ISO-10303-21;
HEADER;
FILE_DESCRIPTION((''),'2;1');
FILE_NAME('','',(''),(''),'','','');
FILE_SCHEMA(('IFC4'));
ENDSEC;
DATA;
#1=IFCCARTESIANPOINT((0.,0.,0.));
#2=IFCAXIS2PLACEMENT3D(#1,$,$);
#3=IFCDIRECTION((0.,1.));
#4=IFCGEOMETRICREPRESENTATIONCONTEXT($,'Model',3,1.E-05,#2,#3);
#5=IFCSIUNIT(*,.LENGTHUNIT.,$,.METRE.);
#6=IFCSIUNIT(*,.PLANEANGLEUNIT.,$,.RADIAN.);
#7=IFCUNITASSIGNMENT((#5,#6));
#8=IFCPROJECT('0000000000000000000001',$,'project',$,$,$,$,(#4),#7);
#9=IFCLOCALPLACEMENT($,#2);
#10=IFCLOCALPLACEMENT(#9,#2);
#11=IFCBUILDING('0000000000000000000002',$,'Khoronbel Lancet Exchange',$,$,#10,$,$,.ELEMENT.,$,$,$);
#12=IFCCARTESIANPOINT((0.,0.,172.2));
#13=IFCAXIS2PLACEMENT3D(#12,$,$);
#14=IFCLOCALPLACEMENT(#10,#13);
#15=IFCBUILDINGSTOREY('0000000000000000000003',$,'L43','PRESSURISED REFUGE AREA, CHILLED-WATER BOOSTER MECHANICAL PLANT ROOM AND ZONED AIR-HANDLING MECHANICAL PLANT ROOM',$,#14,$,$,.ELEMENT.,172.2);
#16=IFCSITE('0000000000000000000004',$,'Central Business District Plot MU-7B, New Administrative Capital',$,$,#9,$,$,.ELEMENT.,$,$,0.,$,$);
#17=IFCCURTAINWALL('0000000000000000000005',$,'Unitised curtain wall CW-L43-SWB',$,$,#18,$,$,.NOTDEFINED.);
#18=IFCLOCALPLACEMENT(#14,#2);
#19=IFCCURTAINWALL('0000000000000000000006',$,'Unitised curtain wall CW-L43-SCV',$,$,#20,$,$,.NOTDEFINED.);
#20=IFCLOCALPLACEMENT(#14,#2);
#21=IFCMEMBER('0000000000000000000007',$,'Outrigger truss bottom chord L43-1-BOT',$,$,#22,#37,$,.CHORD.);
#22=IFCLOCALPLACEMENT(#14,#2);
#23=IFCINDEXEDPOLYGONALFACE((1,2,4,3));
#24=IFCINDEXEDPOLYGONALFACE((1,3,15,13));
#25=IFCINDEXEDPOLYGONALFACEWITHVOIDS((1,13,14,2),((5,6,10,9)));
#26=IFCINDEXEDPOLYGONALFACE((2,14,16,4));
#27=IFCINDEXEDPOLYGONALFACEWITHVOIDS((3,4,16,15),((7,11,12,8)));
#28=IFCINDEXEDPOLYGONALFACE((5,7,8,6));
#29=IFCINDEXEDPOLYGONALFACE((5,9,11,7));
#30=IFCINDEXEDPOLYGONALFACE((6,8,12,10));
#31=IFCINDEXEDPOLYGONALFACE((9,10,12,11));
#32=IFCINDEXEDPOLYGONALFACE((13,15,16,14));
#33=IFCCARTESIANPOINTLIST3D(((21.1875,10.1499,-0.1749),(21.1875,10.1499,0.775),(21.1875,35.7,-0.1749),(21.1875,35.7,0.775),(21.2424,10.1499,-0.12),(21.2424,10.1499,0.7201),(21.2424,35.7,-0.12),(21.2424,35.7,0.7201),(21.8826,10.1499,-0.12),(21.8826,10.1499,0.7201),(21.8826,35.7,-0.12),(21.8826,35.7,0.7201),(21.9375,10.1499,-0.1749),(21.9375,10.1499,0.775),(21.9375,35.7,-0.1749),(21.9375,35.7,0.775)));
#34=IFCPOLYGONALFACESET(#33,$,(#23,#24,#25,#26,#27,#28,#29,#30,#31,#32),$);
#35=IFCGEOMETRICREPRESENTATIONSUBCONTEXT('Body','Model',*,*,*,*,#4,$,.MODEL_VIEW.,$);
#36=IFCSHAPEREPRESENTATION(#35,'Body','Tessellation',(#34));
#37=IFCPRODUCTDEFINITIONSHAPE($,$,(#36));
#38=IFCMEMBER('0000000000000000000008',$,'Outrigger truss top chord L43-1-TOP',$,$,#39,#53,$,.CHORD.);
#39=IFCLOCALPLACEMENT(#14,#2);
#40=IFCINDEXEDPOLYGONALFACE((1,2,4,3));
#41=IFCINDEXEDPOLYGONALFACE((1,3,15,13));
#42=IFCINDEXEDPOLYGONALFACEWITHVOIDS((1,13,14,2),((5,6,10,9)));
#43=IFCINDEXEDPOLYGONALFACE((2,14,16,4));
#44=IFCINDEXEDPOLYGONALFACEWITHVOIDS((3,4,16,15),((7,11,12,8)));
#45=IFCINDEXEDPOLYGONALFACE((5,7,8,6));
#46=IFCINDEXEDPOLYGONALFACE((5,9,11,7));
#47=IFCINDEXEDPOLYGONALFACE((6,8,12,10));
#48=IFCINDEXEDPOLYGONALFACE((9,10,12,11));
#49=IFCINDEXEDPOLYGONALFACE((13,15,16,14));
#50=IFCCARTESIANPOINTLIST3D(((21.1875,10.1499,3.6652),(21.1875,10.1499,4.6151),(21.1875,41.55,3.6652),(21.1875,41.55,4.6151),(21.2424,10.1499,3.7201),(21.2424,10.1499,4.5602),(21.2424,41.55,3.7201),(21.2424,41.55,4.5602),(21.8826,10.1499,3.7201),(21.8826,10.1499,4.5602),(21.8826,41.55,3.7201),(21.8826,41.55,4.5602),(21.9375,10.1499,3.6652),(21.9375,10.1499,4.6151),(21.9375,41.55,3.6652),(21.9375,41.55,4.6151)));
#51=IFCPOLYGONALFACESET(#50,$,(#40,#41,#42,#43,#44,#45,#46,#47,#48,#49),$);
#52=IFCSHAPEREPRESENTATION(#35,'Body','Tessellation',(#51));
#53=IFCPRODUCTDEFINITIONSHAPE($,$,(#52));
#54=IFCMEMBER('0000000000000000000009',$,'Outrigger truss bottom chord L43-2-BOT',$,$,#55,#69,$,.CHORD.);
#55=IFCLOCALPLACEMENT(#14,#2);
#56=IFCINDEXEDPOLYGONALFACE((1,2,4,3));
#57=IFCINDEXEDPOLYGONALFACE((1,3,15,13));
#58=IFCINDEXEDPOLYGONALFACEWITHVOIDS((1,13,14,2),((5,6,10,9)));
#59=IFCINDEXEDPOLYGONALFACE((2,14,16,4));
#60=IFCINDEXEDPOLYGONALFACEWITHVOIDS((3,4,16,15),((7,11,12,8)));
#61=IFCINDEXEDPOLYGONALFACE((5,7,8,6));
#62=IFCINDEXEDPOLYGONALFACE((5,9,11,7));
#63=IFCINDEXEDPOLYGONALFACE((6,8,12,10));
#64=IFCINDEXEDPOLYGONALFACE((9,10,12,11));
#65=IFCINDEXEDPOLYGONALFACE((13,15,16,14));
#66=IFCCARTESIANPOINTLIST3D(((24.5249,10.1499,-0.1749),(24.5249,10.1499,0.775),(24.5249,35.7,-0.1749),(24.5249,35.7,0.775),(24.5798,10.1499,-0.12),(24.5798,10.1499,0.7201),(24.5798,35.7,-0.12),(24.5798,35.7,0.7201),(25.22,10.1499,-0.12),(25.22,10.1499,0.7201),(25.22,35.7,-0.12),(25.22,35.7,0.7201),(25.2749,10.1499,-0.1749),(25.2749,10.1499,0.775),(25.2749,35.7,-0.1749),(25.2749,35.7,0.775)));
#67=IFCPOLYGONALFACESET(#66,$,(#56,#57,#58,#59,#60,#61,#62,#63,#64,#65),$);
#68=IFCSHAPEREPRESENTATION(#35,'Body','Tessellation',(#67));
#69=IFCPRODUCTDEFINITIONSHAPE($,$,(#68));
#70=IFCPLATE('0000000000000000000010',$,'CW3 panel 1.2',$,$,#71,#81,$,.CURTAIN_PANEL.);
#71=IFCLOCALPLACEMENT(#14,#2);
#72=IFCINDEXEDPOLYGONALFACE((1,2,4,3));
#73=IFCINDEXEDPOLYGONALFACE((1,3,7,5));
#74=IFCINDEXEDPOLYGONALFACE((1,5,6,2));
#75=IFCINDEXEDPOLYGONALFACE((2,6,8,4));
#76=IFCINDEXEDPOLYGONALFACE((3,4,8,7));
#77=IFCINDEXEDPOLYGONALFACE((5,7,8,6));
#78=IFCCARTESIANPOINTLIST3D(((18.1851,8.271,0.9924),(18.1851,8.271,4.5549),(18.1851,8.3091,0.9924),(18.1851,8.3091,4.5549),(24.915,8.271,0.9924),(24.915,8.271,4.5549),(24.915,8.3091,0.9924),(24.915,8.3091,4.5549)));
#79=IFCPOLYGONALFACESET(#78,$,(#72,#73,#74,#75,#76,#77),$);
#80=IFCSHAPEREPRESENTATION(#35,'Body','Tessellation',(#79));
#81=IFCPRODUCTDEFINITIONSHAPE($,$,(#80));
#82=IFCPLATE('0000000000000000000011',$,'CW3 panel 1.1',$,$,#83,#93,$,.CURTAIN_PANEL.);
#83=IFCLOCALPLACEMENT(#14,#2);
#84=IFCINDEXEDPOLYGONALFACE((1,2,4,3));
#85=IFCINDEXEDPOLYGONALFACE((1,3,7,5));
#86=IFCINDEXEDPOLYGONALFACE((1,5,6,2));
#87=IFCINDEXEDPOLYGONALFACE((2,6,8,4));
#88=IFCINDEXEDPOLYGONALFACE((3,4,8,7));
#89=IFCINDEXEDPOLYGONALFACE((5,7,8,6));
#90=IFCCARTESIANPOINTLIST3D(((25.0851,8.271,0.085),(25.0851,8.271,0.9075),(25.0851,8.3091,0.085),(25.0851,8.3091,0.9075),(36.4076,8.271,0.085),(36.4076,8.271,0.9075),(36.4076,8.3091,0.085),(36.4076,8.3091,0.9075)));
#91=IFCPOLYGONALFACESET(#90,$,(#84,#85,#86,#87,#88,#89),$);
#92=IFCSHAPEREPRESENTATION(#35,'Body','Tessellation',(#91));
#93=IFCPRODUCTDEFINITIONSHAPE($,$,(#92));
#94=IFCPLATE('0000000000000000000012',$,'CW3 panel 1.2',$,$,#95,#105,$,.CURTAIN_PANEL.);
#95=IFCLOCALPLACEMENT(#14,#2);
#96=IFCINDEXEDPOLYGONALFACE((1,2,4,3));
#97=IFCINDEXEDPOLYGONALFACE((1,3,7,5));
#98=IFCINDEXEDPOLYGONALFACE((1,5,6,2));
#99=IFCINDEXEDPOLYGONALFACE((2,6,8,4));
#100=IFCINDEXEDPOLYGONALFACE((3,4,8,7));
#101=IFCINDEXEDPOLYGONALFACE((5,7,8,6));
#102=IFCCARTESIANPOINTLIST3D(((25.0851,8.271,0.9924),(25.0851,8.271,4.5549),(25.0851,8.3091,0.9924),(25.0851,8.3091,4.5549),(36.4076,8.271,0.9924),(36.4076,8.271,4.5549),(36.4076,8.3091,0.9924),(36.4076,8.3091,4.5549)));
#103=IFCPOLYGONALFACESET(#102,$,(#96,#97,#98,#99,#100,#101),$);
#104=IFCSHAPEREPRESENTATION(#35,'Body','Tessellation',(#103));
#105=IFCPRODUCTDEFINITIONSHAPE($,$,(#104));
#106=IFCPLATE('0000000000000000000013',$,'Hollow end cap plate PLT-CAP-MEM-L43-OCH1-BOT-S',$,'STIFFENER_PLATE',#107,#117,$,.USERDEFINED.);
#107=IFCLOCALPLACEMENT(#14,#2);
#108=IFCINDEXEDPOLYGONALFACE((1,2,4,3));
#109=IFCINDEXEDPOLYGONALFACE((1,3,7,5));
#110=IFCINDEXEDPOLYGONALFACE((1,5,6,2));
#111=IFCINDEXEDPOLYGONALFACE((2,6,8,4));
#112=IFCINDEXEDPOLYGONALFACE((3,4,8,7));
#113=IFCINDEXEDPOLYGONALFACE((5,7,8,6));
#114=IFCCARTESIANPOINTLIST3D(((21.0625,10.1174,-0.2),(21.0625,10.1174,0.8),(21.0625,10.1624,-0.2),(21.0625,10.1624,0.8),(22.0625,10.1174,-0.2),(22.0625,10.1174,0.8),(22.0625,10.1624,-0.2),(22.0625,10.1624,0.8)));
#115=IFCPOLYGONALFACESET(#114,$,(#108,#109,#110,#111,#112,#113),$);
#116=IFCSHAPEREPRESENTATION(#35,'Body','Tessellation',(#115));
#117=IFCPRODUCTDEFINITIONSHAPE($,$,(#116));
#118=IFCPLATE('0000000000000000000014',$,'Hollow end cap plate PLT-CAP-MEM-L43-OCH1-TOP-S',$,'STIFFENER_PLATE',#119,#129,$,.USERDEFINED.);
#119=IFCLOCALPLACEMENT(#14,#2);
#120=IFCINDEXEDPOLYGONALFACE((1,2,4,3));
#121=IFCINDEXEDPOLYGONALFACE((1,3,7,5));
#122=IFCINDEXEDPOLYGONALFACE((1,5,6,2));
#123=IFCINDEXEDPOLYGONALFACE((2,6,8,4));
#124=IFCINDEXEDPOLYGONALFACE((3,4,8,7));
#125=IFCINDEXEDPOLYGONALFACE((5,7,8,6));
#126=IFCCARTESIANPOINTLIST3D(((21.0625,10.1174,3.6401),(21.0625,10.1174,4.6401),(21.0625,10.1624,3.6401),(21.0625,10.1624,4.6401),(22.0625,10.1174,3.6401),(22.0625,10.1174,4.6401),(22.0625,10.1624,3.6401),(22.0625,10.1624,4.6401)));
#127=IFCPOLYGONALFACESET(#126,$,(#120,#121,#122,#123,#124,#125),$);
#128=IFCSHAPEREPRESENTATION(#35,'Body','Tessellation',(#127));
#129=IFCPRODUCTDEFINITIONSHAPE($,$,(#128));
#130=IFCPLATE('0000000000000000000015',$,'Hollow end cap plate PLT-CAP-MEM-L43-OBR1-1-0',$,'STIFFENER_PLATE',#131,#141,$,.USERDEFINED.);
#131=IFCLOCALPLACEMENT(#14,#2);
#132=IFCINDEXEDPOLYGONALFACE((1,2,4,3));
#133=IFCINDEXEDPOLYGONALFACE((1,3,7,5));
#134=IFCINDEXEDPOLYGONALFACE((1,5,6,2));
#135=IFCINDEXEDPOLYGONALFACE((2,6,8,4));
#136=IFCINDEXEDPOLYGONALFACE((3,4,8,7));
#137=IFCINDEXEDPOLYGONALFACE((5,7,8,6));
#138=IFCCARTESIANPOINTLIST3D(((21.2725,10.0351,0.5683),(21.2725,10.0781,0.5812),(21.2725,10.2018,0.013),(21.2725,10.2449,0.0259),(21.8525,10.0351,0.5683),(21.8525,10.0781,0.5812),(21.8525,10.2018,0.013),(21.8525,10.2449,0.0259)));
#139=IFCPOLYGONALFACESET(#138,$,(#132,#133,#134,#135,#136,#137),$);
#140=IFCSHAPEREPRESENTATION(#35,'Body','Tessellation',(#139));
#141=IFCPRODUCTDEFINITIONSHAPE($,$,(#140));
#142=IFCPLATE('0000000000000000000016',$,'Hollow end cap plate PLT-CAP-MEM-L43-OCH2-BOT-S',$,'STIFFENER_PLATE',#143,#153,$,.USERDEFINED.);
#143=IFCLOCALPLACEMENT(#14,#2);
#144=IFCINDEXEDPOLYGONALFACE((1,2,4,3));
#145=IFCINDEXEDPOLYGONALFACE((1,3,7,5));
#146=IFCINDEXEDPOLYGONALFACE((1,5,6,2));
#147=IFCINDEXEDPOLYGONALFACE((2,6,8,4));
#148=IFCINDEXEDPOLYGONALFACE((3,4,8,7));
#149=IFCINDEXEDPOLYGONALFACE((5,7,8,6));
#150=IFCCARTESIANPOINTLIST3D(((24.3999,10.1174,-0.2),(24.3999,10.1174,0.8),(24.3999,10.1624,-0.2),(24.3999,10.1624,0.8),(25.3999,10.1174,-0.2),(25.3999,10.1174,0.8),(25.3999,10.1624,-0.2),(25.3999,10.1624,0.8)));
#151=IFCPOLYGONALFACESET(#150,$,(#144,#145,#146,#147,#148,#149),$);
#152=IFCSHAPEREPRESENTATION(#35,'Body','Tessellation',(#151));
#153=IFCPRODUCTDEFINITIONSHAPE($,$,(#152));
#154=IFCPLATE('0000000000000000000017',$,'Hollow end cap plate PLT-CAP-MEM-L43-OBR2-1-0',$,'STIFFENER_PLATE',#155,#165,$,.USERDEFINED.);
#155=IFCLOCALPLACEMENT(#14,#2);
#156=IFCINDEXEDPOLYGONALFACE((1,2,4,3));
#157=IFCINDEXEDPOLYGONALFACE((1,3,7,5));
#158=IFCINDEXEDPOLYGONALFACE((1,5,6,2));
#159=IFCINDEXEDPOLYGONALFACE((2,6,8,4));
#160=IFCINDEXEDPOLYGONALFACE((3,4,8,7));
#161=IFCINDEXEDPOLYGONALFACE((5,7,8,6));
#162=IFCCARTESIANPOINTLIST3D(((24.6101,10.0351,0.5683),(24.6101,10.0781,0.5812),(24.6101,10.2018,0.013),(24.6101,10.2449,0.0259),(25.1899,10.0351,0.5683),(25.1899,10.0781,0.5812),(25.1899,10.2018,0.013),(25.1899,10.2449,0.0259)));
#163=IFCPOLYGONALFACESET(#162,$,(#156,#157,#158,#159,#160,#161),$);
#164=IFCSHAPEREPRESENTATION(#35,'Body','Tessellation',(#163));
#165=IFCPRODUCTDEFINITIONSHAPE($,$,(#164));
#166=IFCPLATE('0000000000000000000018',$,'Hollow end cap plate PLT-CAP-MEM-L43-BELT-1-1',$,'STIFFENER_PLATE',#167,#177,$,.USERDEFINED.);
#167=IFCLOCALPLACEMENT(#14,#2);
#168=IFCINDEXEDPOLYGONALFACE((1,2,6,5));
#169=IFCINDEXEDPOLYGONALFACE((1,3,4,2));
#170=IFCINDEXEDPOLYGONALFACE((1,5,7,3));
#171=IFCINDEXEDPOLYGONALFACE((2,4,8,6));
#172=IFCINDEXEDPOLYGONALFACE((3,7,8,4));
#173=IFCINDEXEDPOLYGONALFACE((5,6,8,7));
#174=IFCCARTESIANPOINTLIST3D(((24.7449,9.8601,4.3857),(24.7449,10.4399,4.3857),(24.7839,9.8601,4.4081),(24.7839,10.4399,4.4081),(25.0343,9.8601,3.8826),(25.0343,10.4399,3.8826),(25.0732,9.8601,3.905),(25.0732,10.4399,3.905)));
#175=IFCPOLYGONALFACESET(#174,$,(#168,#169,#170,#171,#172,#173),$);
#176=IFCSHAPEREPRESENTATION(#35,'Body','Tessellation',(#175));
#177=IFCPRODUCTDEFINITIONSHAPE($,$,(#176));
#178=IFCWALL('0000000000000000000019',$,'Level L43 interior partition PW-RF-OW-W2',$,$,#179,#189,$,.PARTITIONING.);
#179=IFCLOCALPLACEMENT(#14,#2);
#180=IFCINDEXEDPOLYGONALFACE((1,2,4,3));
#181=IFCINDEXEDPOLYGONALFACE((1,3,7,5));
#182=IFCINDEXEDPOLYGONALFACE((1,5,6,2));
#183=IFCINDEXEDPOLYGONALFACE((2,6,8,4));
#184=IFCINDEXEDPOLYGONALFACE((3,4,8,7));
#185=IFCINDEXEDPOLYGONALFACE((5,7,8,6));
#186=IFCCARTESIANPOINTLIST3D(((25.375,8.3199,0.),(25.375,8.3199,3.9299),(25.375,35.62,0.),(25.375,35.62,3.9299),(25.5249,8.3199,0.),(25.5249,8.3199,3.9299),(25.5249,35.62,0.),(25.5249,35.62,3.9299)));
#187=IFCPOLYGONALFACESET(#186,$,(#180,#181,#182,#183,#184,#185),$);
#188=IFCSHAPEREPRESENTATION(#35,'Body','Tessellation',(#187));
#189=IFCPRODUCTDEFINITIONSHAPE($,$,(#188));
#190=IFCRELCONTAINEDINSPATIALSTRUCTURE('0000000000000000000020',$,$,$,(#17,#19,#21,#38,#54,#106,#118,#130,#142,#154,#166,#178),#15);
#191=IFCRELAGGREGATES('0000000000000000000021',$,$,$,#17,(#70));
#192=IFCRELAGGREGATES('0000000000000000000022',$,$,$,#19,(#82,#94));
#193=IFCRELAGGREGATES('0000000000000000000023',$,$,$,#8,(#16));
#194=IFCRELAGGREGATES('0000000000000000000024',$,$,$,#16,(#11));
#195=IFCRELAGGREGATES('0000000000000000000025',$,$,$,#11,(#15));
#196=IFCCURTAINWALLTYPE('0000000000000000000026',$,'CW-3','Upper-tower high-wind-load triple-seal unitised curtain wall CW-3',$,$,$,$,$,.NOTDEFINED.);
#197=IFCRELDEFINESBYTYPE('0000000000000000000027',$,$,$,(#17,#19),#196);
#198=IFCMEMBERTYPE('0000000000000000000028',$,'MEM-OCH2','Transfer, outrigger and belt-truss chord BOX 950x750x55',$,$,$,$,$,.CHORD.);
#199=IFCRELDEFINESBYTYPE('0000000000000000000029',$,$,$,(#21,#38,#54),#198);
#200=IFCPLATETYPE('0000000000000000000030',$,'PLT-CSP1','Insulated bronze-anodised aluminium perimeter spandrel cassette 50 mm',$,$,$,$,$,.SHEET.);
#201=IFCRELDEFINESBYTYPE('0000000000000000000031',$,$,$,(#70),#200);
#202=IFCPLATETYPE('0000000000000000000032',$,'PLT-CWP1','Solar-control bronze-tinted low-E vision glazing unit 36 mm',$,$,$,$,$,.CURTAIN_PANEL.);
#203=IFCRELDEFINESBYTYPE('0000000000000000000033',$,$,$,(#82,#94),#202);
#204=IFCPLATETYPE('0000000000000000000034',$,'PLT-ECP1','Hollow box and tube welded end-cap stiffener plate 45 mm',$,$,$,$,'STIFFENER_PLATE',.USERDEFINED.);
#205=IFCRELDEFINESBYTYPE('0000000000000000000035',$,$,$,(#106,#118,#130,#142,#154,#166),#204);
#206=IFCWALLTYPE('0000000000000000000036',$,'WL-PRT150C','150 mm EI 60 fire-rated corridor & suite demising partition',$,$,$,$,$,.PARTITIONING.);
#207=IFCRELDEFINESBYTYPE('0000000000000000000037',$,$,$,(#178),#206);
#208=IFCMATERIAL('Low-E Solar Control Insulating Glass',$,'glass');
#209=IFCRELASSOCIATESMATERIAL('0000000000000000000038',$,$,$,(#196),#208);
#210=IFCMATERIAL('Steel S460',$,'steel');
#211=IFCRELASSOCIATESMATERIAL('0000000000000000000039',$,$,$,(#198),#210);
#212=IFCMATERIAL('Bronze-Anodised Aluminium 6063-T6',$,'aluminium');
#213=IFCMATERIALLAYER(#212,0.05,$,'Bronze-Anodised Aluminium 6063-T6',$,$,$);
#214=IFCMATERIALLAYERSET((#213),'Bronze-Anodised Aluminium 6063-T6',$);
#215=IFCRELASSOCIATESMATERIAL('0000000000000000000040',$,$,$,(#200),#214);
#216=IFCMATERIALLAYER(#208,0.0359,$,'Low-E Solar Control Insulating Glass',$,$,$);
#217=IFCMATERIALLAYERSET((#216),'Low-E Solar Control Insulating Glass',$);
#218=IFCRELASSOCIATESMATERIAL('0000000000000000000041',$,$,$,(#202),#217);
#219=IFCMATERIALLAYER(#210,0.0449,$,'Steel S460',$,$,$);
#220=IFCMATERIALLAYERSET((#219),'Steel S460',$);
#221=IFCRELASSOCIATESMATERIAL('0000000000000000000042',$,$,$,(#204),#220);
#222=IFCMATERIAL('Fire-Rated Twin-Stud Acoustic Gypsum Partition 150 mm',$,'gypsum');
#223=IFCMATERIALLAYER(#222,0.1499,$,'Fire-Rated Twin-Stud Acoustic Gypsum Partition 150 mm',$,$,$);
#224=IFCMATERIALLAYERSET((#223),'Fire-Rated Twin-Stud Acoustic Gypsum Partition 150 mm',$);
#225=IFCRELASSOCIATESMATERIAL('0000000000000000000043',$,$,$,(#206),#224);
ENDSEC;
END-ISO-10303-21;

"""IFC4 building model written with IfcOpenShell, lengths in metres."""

from ifc_helpers import new_model, si_unit, direction, frame, frame_2d, origin, origin_2d, place, context, subcontext, project, spatial, polyline, rectangle, hollow_rectangle, outline, extrude, material, layer, layer_set, material_profile, profile_set, type_object, element, aggregate, save


model = new_model("IFC4")

# Units and contexts
model_context = context("Model", 3, precision=1e-05, world=origin(), true_north=direction((0.0, 1.0)))
body_context = subcontext(model_context, "Body", "Model", "MODEL_VIEW")
ifc_project = project(units=[si_unit("LENGTHUNIT", "METRE"), si_unit("PLANEANGLEUNIT", "RADIAN")], contexts=[model_context])

# Site, building, storey
site_placement = place(None, origin())
site = spatial("IfcSite", under=ifc_project, at=site_placement, Name="Central Business District Plot MU-7B, New Administrative Capital", CompositionType="ELEMENT", RefElevation=0.0)
building_placement = place(site_placement, origin())
building = spatial("IfcBuilding", under=site, at=building_placement, Name="Khoronbel Lancet Exchange", CompositionType="ELEMENT")
storey_placement = place(building_placement, frame((0.0, 0.0, 172.2)))
storey = spatial("IfcBuildingStorey", under=building, at=storey_placement, Name="L43", Description="PRESSURISED REFUGE AREA, CHILLED-WATER BOOSTER MECHANICAL PLANT ROOM AND ZONED AIR-HANDLING MECHANICAL PLANT ROOM", CompositionType="ELEMENT", Elevation=172.2)

# Shared definitions
ifc_material_1 = material(Name="Steel S460", Category="steel")

# Curtain wall
ifc_material_2 = material(Name="Low-E Solar Control Insulating Glass", Category="glass")
curtain_wall_type = type_object("IfcCurtainWallType", Name="CW-3", Description="Upper-tower high-wind-load triple-seal unitised curtain wall CW-3", PredefinedType="NOTDEFINED", material=ifc_material_2)
curtain_wall_1_placement = place(storey_placement, origin())
curtain_wall_1 = element("IfcCurtainWall", 1, at=curtain_wall_1_placement, inside=storey, type_object=curtain_wall_type, Name="Unitised curtain wall CW-L43-SWB", PredefinedType="NOTDEFINED")
ifc_material_3 = material(Name="Bronze-Anodised Aluminium 6063-T6", Category="aluminium")

# Curtain wall
curtain_wall_2_placement = place(storey_placement, origin())
curtain_wall_2 = element("IfcCurtainWall", 2, at=curtain_wall_2_placement, inside=storey, type_object=curtain_wall_type, Name="Unitised curtain wall CW-L43-SCV", PredefinedType="NOTDEFINED")

# Members
ifc_material_profile_1 = material_profile(ifc_material_1, hollow_rectangle(XDim=0.75, YDim=0.95, WallThickness=0.0549, at=origin_2d()), Name="BOX 950x750x55")
ifc_profile_set_1 = profile_set([ifc_material_profile_1], Name="Steel S460")
member_type_1 = type_object("IfcMemberType", Name="MEM-OCH2", Description="Transfer, outrigger and belt-truss chord BOX 950x750x55", PredefinedType="CHORD", material=ifc_profile_set_1)
member_1_placement = place(storey_placement, frame((21.5625, 10.1499, 0.3), z_axis=(0.0, 1.0, 0.0), x_axis=(-1.0, 0.0, 0.0)))
element("IfcMember", 3, at=member_1_placement, inside=storey, type_object=member_type_1, Name="Outrigger truss bottom chord L43-1-BOT", PredefinedType="CHORD", context=body_context, shape_type="SweptSolid", body=[
    extrude(hollow_rectangle(XDim=0.75, YDim=0.95, WallThickness=0.0549, at=origin_2d()), origin(), (0.0, 0.0, 1.0), 25.55),
])
member_2_placement = place(storey_placement, frame((21.5625, 10.1499, 4.1401), z_axis=(0.0, 1.0, 0.0), x_axis=(-1.0, 0.0, 0.0)))
element("IfcMember", 4, at=member_2_placement, inside=storey, type_object=member_type_1, Name="Outrigger truss top chord L43-1-TOP", PredefinedType="CHORD", context=body_context, shape_type="SweptSolid", body=[
    extrude(hollow_rectangle(XDim=0.75, YDim=0.95, WallThickness=0.0549, at=origin_2d()), origin(), (0.0, 0.0, 1.0), 31.4001),
])
member_3_placement = place(storey_placement, frame((24.8999, 10.1499, 0.3), z_axis=(0.0, 1.0, 0.0), x_axis=(-1.0, 0.0, 0.0)))
element("IfcMember", 5, at=member_3_placement, inside=storey, type_object=member_type_1, Name="Outrigger truss bottom chord L43-2-BOT", PredefinedType="CHORD", context=body_context, shape_type="SweptSolid", body=[
    extrude(hollow_rectangle(XDim=0.75, YDim=0.95, WallThickness=0.0549, at=origin_2d()), origin(), (0.0, 0.0, 1.0), 25.55),
])

# Plates
ifc_layer_1 = layer(ifc_material_3, 0.05, Name="Bronze-Anodised Aluminium 6063-T6")
ifc_layer_set_1 = layer_set([ifc_layer_1], Name="Bronze-Anodised Aluminium 6063-T6")
plate_type_1 = type_object("IfcPlateType", Name="PLT-CSP1", Description="Insulated bronze-anodised aluminium perimeter spandrel cassette 50 mm", PredefinedType="SHEET", material=ifc_layer_set_1)
plate_1_placement = place(storey_placement, frame((21.55, 8.29, 0.9924), z_axis=(0.0, 0.0, 1.0), x_axis=(1.0, 0.0, 0.0)))
plate_1 = element("IfcPlate", 6, at=plate_1_placement, type_object=plate_type_1, Name="CW3 panel 1.2", PredefinedType="CURTAIN_PANEL", context=body_context, shape_type="SweptSolid", body=[
    extrude(rectangle(XDim=6.73, YDim=0.0381, at=origin_2d()), origin(), (0.0, 0.0, 1.0), 3.5625),
])
aggregate(curtain_wall_1, [plate_1])
ifc_layer_2 = layer(ifc_material_2, 0.0359, Name="Low-E Solar Control Insulating Glass")
ifc_layer_set_2 = layer_set([ifc_layer_2], Name="Low-E Solar Control Insulating Glass")
plate_type_2 = type_object("IfcPlateType", Name="PLT-CWP1", Description="Solar-control bronze-tinted low-E vision glazing unit 36 mm", PredefinedType="CURTAIN_PANEL", material=ifc_layer_set_2)
plate_2_placement = place(storey_placement, frame((30.7463, 8.29, 0.085), z_axis=(0.0, 0.0, 1.0), x_axis=(1.0, 0.0, 0.0)))
plate_2 = element("IfcPlate", 7, at=plate_2_placement, type_object=plate_type_2, Name="CW3 panel 1.1", PredefinedType="CURTAIN_PANEL", context=body_context, shape_type="SweptSolid", body=[
    extrude(rectangle(XDim=11.3225, YDim=0.0381, at=origin_2d()), origin(), (0.0, 0.0, 1.0), 0.8225),
])
plate_3_placement = place(storey_placement, frame((30.7463, 8.29, 0.9924), z_axis=(0.0, 0.0, 1.0), x_axis=(1.0, 0.0, 0.0)))
plate_3 = element("IfcPlate", 8, at=plate_3_placement, type_object=plate_type_2, Name="CW3 panel 1.2", PredefinedType="CURTAIN_PANEL", context=body_context, shape_type="SweptSolid", body=[
    extrude(rectangle(XDim=11.3225, YDim=0.0381, at=origin_2d()), origin(), (0.0, 0.0, 1.0), 3.5625),
])
aggregate(curtain_wall_2, [plate_2, plate_3])

# Plates
ifc_layer_3 = layer(ifc_material_1, 0.0449, Name="Steel S460")
ifc_layer_set_3 = layer_set([ifc_layer_3], Name="Steel S460")
plate_type_3 = type_object("IfcPlateType", Name="PLT-ECP1", Description="Hollow box and tube welded end-cap stiffener plate 45 mm", ElementType="STIFFENER_PLATE", PredefinedType="USERDEFINED", material=ifc_layer_set_3)
for number, where, z_axis, x_axis, name in (
    (9, (21.5625, 10.1399, -0.2), (0.0, 0.0, 1.0), (0.0, -1.0, 0.0), "Hollow end cap plate PLT-CAP-MEM-L43-OCH1-BOT-S"),
    (10, (21.5625, 10.1399, 3.6401), (0.0, 0.0, 1.0), (0.0, -1.0, 0.0), "Hollow end cap plate PLT-CAP-MEM-L43-OCH1-TOP-S"),
):
    element("IfcPlate", number, at=place(storey_placement, frame(where, z_axis=z_axis, x_axis=x_axis)), inside=storey, type_object=plate_type_3, Name=name, ObjectType="STIFFENER_PLATE", PredefinedType="USERDEFINED", context=body_context, shape_type="SweptSolid", body=[
        extrude(rectangle(XDim=0.0449, YDim=1.0, at=origin_2d()), origin(), (0.0, 0.0, 1.0), 1.0),
    ])
plate_4_placement = place(storey_placement, frame((21.8525, 10.2449, 0.0259), z_axis=(0.0, 0.957768, 0.287541), x_axis=(-1.0, 0.0, 0.0)))
element("IfcPlate", 11, at=plate_4_placement, inside=storey, type_object=plate_type_3, Name="Hollow end cap plate PLT-CAP-MEM-L43-OBR1-1-0", ObjectType="STIFFENER_PLATE", PredefinedType="USERDEFINED", context=body_context, shape_type="SweptSolid", body=[
    extrude(outline(polyline([(0.0, 0.0), (0.5801, 0.0), (0.5801, 0.5798), (0.0, 0.5798), (0.0, 0.0)])), origin(), (0.0, 0.0, -1.0), 0.0449),
])
plate_5_placement = place(storey_placement, frame((24.8999, 10.1399, -0.2), z_axis=(0.0, 0.0, 1.0), x_axis=(0.0, -1.0, 0.0)))
element("IfcPlate", 12, at=plate_5_placement, inside=storey, type_object=plate_type_3, Name="Hollow end cap plate PLT-CAP-MEM-L43-OCH2-BOT-S", ObjectType="STIFFENER_PLATE", PredefinedType="USERDEFINED", context=body_context, shape_type="SweptSolid", body=[
    extrude(rectangle(XDim=0.0449, YDim=1.0, at=origin_2d()), origin(), (0.0, 0.0, 1.0), 1.0),
])
plate_6_placement = place(storey_placement, frame((25.1899, 10.2449, 0.0259), z_axis=(0.0, 0.957768, 0.287541), x_axis=(-1.0, 0.0, 0.0)))
element("IfcPlate", 13, at=plate_6_placement, inside=storey, type_object=plate_type_3, Name="Hollow end cap plate PLT-CAP-MEM-L43-OBR2-1-0", ObjectType="STIFFENER_PLATE", PredefinedType="USERDEFINED", context=body_context, shape_type="SweptSolid", body=[
    extrude(outline(polyline([(0.0, 0.0), (0.5798, 0.0), (0.5798, 0.5798), (0.0, 0.5798), (0.0, 0.0)])), origin(), (0.0, 0.0, -1.0), 0.0449),
])
plate_7_placement = place(storey_placement, frame((25.0732, 9.8601, 3.905), z_axis=(0.866815, 0.0, 0.498629), x_axis=(0.0, 1.0, 0.0)))
element("IfcPlate", 14, at=plate_7_placement, inside=storey, type_object=plate_type_3, Name="Hollow end cap plate PLT-CAP-MEM-L43-BELT-1-1", ObjectType="STIFFENER_PLATE", PredefinedType="USERDEFINED", context=body_context, shape_type="SweptSolid", body=[
    extrude(outline(polyline([(0.0, 0.0), (0.5798, 0.0), (0.5798, 0.5803), (0.0, 0.5803), (0.0, 0.0)])), origin(), (0.0, 0.0, -1.0), 0.0449),
])

# Wall
ifc_material_4 = material(Name="Fire-Rated Twin-Stud Acoustic Gypsum Partition 150 mm", Category="gypsum")
ifc_layer_4 = layer(ifc_material_4, 0.1499, Name="Fire-Rated Twin-Stud Acoustic Gypsum Partition 150 mm")
ifc_layer_set_4 = layer_set([ifc_layer_4], Name="Fire-Rated Twin-Stud Acoustic Gypsum Partition 150 mm")
wall_type = type_object("IfcWallType", Name="WL-PRT150C", Description="150 mm EI 60 fire-rated corridor & suite demising partition", PredefinedType="PARTITIONING", material=ifc_layer_set_4)
wall_placement = place(storey_placement, frame((25.45, 8.3201, 0.0), z_axis=(0.0, 0.0, 1.0), x_axis=(0.0, 1.0, 0.0)))
element("IfcWall", 15, at=wall_placement, inside=storey, type_object=wall_type, Name="Level L43 interior partition PW-RF-OW-W2", PredefinedType="PARTITIONING", context=body_context, shape_type="SweptSolid", body=[
    extrude(rectangle(XDim=27.3, YDim=0.1499, at=frame_2d((13.6499, 0.0))), origin(), (0.0, 0.0, 1.0), 3.9299),
])

save(model, "model.ifc")
